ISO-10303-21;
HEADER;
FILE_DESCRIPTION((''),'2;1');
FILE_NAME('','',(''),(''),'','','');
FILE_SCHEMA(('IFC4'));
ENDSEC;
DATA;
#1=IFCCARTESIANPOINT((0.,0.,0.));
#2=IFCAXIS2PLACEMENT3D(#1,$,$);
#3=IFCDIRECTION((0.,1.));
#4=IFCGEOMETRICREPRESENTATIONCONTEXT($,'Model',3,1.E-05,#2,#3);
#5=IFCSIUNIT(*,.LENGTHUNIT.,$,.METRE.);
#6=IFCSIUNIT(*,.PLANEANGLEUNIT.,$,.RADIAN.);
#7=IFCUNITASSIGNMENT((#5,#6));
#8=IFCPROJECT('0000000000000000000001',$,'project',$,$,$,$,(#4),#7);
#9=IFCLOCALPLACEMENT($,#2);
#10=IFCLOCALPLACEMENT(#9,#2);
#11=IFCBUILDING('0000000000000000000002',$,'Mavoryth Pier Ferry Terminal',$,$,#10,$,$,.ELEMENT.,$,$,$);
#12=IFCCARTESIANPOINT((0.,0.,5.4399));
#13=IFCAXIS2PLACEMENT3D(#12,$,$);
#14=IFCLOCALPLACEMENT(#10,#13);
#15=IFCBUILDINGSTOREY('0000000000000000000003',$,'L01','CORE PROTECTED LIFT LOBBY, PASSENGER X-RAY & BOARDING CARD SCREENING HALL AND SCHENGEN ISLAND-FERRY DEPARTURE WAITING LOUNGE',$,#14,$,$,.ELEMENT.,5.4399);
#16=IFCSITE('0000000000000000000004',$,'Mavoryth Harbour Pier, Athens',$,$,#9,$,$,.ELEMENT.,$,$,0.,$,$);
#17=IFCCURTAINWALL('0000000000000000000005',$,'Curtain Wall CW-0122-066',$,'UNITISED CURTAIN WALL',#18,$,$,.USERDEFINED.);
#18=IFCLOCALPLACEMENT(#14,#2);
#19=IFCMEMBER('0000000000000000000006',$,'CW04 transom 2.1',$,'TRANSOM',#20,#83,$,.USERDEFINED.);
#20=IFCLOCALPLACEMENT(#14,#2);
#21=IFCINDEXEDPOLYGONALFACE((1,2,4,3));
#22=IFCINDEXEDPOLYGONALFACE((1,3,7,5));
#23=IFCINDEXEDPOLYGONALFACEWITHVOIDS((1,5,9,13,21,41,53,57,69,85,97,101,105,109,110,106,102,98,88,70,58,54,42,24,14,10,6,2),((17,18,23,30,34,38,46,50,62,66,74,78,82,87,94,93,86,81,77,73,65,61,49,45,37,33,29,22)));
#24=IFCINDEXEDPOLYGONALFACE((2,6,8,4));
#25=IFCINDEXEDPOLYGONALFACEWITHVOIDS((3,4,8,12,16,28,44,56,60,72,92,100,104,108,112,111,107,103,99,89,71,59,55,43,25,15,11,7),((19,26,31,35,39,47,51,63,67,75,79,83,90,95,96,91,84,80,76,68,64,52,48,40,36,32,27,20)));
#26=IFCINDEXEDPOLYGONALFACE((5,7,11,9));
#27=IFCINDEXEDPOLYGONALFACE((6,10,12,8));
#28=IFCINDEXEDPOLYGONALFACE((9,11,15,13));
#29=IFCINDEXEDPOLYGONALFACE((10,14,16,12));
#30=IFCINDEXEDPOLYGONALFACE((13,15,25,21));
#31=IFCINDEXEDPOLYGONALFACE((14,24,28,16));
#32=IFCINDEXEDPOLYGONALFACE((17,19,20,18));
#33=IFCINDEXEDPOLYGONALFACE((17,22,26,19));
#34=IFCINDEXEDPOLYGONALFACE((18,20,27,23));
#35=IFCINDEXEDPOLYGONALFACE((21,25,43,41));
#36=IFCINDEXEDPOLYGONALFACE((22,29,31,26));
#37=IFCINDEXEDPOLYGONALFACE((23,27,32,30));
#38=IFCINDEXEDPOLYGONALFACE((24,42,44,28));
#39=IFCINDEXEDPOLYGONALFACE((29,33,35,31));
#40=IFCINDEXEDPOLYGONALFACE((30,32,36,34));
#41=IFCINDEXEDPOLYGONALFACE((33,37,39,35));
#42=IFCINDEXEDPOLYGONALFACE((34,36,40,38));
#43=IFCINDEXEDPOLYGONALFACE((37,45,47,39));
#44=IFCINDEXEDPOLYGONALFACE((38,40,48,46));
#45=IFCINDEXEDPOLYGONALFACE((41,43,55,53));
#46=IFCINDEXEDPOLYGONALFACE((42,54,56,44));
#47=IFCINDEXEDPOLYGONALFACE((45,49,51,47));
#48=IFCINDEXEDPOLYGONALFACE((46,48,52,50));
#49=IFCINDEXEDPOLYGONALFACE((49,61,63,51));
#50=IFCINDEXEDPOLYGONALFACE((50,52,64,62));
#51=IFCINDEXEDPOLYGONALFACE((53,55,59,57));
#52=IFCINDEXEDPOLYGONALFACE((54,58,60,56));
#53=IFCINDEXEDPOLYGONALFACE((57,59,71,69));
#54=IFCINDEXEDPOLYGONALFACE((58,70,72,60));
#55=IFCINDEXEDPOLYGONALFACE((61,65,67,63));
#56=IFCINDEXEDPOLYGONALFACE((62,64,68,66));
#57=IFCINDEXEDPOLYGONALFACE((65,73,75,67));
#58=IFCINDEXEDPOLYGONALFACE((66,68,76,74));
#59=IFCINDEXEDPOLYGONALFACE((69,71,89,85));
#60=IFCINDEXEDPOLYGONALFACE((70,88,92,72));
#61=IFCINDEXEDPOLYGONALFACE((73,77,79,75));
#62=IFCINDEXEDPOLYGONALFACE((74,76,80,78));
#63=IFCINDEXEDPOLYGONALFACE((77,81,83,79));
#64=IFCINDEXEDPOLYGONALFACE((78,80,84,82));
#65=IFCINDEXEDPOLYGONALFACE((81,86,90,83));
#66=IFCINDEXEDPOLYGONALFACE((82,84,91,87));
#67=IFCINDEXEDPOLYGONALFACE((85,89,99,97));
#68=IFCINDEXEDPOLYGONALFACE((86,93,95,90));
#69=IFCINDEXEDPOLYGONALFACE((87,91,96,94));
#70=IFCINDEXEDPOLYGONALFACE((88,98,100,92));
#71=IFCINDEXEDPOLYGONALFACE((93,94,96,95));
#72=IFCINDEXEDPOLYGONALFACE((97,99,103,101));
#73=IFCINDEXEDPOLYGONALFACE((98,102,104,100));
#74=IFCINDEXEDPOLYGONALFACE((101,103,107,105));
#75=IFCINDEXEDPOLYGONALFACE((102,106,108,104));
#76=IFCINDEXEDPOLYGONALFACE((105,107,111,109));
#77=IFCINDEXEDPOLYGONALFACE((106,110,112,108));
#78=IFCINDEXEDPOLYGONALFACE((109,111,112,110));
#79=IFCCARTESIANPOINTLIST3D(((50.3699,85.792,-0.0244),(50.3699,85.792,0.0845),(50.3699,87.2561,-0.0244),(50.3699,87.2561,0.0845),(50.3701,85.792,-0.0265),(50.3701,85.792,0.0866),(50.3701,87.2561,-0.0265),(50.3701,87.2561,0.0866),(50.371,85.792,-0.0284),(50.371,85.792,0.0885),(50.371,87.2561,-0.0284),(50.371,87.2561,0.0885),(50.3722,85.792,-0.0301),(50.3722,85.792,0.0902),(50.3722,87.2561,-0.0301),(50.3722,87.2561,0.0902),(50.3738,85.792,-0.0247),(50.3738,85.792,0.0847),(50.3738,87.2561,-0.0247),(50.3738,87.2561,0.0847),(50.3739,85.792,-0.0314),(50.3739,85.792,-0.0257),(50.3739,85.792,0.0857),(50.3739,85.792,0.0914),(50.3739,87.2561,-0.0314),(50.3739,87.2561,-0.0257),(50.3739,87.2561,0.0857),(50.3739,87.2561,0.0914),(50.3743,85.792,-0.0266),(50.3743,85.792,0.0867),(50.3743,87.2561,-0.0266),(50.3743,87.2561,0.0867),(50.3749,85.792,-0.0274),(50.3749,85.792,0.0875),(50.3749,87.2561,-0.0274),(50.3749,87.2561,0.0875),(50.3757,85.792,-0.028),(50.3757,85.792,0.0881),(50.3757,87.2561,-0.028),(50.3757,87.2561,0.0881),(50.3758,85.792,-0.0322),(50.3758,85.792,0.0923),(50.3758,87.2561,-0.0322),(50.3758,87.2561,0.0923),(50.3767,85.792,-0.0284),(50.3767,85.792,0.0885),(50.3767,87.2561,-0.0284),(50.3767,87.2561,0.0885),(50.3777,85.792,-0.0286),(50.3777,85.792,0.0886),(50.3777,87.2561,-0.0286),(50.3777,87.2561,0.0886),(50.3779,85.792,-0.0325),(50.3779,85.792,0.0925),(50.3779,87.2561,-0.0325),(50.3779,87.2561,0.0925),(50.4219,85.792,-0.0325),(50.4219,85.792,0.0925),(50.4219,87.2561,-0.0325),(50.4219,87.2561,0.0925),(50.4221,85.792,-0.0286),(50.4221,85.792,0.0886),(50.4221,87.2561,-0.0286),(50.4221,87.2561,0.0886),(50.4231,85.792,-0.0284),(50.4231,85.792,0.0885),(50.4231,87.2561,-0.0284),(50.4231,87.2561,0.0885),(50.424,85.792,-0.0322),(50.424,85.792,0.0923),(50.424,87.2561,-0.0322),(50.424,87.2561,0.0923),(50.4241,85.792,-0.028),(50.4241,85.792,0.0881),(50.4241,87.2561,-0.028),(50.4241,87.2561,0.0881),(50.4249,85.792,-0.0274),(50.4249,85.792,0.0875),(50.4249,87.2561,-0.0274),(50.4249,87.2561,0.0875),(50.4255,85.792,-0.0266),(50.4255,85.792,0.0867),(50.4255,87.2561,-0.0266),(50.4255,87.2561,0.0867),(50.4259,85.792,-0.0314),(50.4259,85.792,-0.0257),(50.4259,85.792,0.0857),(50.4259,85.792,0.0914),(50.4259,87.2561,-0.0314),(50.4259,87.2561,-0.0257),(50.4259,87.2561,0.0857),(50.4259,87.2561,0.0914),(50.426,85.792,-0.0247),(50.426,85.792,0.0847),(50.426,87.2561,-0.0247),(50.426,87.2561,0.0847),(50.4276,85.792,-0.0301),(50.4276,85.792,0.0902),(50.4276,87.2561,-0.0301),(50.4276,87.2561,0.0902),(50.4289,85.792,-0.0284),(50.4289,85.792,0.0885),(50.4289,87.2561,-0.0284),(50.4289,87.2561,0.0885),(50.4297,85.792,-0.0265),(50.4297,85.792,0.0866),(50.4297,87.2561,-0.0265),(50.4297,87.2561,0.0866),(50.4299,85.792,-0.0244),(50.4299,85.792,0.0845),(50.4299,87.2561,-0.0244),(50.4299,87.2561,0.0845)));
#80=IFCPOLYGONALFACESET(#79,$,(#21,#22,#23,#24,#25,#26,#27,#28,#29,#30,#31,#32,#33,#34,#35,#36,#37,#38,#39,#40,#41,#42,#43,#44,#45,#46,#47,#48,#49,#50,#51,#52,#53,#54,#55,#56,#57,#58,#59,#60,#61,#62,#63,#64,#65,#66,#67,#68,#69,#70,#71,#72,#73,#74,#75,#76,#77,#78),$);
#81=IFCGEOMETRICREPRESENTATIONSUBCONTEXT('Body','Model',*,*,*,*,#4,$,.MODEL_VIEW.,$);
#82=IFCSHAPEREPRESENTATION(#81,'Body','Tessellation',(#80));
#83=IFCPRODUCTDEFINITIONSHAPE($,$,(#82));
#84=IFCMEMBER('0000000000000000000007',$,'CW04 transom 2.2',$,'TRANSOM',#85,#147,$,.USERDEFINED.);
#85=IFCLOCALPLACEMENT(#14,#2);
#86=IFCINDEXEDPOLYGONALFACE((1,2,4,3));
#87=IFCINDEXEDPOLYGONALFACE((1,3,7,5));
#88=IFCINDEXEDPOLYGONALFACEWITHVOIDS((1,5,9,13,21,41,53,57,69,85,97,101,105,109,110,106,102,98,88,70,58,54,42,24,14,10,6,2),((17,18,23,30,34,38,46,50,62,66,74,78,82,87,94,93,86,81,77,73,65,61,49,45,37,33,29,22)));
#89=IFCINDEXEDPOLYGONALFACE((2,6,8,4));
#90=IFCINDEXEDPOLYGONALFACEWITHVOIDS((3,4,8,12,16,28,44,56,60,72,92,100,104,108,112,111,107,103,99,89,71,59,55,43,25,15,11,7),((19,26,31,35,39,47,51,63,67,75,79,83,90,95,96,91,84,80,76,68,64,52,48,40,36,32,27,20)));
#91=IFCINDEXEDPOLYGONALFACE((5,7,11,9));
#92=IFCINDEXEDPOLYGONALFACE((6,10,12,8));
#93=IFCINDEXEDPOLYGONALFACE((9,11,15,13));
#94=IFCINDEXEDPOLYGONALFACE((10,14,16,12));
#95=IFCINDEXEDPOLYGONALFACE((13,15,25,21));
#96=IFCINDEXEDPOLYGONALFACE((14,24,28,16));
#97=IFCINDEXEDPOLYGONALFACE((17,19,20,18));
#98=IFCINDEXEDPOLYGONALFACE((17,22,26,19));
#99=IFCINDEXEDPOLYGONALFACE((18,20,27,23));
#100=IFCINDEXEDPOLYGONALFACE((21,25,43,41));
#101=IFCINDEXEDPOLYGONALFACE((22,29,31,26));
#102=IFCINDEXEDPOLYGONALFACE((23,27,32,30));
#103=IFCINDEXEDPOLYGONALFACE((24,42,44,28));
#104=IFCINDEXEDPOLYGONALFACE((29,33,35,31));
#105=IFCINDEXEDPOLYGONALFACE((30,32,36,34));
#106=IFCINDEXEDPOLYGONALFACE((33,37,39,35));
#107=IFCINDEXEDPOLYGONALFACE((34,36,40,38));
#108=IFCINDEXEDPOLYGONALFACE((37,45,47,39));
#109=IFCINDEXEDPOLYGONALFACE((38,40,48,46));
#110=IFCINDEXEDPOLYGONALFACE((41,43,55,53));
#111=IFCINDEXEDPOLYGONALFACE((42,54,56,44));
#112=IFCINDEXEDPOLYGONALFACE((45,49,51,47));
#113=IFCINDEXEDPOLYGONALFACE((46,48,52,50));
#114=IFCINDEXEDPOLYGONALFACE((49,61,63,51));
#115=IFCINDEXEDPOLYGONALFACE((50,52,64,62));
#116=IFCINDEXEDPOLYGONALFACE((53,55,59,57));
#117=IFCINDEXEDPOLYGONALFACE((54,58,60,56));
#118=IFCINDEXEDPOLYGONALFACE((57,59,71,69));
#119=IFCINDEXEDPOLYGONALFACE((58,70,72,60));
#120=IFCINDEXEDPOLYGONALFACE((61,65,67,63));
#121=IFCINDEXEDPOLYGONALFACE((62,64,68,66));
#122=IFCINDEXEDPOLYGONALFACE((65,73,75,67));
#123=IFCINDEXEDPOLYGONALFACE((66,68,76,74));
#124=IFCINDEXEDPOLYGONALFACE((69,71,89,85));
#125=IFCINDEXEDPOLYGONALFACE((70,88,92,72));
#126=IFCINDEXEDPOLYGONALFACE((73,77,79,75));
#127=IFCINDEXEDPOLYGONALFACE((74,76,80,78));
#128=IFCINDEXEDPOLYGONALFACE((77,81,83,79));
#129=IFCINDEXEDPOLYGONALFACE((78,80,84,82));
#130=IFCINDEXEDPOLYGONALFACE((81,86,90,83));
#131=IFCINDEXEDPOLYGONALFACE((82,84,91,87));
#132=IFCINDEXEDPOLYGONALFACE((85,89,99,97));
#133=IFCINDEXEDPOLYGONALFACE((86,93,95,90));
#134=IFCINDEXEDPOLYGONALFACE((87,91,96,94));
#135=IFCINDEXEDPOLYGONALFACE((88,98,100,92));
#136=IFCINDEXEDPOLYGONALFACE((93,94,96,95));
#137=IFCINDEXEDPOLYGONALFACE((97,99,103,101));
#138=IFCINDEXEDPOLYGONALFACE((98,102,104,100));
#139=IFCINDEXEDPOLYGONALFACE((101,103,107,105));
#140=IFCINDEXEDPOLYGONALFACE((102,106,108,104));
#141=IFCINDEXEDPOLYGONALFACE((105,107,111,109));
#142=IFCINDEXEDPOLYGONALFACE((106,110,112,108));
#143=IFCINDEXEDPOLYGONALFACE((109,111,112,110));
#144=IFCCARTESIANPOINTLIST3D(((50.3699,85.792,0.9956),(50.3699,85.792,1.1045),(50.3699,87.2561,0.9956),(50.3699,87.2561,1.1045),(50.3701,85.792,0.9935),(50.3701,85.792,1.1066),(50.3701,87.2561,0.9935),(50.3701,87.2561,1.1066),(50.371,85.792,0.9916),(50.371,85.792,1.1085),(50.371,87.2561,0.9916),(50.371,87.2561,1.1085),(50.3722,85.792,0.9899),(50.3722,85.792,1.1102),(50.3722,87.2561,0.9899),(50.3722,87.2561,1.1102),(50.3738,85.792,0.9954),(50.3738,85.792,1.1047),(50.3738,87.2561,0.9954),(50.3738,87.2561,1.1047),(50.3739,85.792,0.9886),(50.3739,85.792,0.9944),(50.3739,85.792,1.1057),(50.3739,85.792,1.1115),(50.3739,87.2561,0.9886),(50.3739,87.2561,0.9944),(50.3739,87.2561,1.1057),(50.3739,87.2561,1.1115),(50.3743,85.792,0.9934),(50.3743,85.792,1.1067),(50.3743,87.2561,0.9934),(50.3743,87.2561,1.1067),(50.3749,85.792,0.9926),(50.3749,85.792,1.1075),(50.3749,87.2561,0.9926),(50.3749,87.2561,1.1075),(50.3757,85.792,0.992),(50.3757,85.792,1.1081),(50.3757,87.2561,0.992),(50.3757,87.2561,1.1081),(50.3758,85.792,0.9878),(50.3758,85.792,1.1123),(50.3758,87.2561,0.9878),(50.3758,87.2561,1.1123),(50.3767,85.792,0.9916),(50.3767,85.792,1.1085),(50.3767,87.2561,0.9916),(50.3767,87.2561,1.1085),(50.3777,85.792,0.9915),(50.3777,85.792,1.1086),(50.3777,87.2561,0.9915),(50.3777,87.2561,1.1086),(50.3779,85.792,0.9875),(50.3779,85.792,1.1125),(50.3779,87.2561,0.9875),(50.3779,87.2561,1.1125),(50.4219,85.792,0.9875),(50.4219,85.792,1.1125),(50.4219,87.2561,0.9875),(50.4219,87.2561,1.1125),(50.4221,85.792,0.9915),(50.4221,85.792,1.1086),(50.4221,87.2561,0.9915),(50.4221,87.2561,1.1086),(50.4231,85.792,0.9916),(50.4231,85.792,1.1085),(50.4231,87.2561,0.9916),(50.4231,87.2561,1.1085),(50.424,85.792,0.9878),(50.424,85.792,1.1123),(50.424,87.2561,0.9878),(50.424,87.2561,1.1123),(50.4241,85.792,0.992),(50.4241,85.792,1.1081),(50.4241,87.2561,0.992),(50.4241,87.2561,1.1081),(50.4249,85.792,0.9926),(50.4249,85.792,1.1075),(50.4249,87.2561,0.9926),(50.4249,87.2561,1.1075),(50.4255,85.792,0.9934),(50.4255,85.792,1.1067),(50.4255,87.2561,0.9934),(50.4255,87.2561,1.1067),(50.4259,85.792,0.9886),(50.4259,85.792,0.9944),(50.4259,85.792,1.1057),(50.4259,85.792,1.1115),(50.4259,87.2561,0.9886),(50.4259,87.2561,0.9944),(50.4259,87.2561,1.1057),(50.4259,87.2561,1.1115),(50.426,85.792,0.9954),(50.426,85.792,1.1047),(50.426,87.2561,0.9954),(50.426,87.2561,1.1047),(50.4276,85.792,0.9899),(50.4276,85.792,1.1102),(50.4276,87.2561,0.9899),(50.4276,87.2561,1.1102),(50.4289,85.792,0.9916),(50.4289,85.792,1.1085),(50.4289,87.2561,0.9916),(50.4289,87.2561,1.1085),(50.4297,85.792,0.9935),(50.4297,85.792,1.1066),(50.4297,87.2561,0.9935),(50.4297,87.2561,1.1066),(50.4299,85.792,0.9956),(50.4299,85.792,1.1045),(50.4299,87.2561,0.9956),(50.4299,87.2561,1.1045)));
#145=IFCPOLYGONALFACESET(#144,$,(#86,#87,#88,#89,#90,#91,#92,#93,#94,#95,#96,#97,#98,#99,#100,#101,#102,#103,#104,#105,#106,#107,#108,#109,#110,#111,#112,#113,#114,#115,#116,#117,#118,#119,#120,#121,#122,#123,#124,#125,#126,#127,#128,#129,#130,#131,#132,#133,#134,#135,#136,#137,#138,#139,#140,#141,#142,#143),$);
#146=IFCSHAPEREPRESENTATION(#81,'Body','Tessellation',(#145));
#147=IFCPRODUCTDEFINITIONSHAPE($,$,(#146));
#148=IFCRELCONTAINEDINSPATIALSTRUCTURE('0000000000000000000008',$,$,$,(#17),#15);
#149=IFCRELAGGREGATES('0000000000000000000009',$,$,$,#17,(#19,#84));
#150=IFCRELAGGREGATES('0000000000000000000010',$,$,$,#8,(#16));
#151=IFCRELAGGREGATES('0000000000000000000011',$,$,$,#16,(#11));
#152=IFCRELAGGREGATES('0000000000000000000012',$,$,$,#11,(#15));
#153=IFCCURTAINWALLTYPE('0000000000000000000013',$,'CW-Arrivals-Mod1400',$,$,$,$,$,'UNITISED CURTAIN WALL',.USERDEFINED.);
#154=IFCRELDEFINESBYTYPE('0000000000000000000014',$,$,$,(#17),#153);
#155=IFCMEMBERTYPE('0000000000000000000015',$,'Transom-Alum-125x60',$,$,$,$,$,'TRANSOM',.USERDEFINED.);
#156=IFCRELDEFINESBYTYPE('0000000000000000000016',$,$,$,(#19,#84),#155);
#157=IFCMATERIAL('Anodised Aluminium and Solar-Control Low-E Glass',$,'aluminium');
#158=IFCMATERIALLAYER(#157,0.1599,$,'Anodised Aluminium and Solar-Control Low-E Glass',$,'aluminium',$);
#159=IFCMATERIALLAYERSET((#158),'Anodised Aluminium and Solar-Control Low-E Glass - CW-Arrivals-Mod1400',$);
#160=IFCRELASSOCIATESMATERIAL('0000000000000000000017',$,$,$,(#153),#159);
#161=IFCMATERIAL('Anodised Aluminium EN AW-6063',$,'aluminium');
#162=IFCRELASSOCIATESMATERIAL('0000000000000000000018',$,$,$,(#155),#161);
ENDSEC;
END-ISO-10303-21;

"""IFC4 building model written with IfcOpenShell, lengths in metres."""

from ifc_helpers import new_model, si_unit, direction, frame, origin, origin_2d, place, context, subcontext, project, spatial, hollow_rectangle, extrude, material, layer, layer_set, material_profile, profile_set, type_object, element, aggregate, save


model = new_model("IFC4")

# Units and contexts
model_context = context("Model", 3, precision=1e-05, world=origin(), true_north=direction((0.0, 1.0)))
body_context = subcontext(model_context, "Body", "Model", "MODEL_VIEW")
ifc_project = project(units=[si_unit("LENGTHUNIT", "METRE"), si_unit("PLANEANGLEUNIT", "RADIAN")], contexts=[model_context])

# Site, building, storey
site_placement = place(None, origin())
site = spatial("IfcSite", under=ifc_project, at=site_placement, Name="Mavoryth Harbour Pier, Athens", CompositionType="ELEMENT", RefElevation=0.0)
building_placement = place(site_placement, origin())
building = spatial("IfcBuilding", under=site, at=building_placement, Name="Mavoryth Pier Ferry Terminal", CompositionType="ELEMENT")
storey_placement = place(building_placement, frame((0.0, 0.0, 5.4399)))
storey = spatial("IfcBuildingStorey", under=building, at=storey_placement, Name="L01", Description="CORE PROTECTED LIFT LOBBY, PASSENGER X-RAY & BOARDING CARD SCREENING HALL AND SCHENGEN ISLAND-FERRY DEPARTURE WAITING LOUNGE", CompositionType="ELEMENT", Elevation=5.4399)

# Curtain wall
ifc_material_1 = material(Name="Anodised Aluminium and Solar-Control Low-E Glass", Category="aluminium")
ifc_material_2 = material(Name="Anodised Aluminium EN AW-6063", Category="aluminium")
ifc_layer_1 = layer(ifc_material_1, 0.1599, Name="Anodised Aluminium and Solar-Control Low-E Glass", Category="aluminium")
ifc_layer_set_1 = layer_set([ifc_layer_1], Name="Anodised Aluminium and Solar-Control Low-E Glass - CW-Arrivals-Mod1400")
curtain_wall_type_1 = type_object("IfcCurtainWallType", Name="CW-Arrivals-Mod1400", ElementType="UNITISED CURTAIN WALL", PredefinedType="USERDEFINED", material=ifc_layer_set_1)
curtain_wall_1_placement = place(storey_placement, origin())
curtain_wall_1 = element("IfcCurtainWall", 1, at=curtain_wall_1_placement, inside=storey, type_object=curtain_wall_type_1, Name="Curtain Wall CW-0122-066", ObjectType="UNITISED CURTAIN WALL", PredefinedType="USERDEFINED")

# Members
ifc_material_profile_1 = material_profile(ifc_material_2, hollow_rectangle(XDim=0.0601, YDim=0.125, WallThickness=0.0039, InnerFilletRadius=0.0039, OuterFilletRadius=0.0081, at=origin_2d()), Name="AL-TRAN 125x60x4", Category="aluminium")
ifc_profile_set_1 = profile_set([ifc_material_profile_1], Name="Anodised Aluminium EN AW-6063 - AL-TRAN 125x60x4")
member_type_1 = type_object("IfcMemberType", Name="Transom-Alum-125x60", ElementType="TRANSOM", PredefinedType="USERDEFINED", material=ifc_profile_set_1)
member_1_placement = place(storey_placement, frame((50.3999, 87.2561, 0.03), z_axis=(0.0, -1.0, 0.0), x_axis=(1.0, 0.0, 0.0)))
member_1 = element("IfcMember", 2, at=member_1_placement, type_object=member_type_1, Name="CW04 transom 2.1", ObjectType="TRANSOM", PredefinedType="USERDEFINED", context=body_context, shape_type="SweptSolid", body=[
    extrude(hollow_rectangle(XDim=0.0601, YDim=0.125, WallThickness=0.0039, InnerFilletRadius=0.0039, OuterFilletRadius=0.0081, at=origin_2d()), origin(), (0.0, 0.0, 1.0), 1.4641),
])
member_2_placement = place(storey_placement, frame((50.3999, 87.2561, 1.05), z_axis=(0.0, -1.0, 0.0), x_axis=(1.0, 0.0, 0.0)))
member_2 = element("IfcMember", 3, at=member_2_placement, type_object=member_type_1, Name="CW04 transom 2.2", ObjectType="TRANSOM", PredefinedType="USERDEFINED", context=body_context, shape_type="SweptSolid", body=[
    extrude(hollow_rectangle(XDim=0.0601, YDim=0.125, WallThickness=0.0039, InnerFilletRadius=0.0039, OuterFilletRadius=0.0081, at=origin_2d()), origin(), (0.0, 0.0, 1.0), 1.4641),
])

aggregate(curtain_wall_1, [member_1, member_2])

save(model, "model.ifc")
